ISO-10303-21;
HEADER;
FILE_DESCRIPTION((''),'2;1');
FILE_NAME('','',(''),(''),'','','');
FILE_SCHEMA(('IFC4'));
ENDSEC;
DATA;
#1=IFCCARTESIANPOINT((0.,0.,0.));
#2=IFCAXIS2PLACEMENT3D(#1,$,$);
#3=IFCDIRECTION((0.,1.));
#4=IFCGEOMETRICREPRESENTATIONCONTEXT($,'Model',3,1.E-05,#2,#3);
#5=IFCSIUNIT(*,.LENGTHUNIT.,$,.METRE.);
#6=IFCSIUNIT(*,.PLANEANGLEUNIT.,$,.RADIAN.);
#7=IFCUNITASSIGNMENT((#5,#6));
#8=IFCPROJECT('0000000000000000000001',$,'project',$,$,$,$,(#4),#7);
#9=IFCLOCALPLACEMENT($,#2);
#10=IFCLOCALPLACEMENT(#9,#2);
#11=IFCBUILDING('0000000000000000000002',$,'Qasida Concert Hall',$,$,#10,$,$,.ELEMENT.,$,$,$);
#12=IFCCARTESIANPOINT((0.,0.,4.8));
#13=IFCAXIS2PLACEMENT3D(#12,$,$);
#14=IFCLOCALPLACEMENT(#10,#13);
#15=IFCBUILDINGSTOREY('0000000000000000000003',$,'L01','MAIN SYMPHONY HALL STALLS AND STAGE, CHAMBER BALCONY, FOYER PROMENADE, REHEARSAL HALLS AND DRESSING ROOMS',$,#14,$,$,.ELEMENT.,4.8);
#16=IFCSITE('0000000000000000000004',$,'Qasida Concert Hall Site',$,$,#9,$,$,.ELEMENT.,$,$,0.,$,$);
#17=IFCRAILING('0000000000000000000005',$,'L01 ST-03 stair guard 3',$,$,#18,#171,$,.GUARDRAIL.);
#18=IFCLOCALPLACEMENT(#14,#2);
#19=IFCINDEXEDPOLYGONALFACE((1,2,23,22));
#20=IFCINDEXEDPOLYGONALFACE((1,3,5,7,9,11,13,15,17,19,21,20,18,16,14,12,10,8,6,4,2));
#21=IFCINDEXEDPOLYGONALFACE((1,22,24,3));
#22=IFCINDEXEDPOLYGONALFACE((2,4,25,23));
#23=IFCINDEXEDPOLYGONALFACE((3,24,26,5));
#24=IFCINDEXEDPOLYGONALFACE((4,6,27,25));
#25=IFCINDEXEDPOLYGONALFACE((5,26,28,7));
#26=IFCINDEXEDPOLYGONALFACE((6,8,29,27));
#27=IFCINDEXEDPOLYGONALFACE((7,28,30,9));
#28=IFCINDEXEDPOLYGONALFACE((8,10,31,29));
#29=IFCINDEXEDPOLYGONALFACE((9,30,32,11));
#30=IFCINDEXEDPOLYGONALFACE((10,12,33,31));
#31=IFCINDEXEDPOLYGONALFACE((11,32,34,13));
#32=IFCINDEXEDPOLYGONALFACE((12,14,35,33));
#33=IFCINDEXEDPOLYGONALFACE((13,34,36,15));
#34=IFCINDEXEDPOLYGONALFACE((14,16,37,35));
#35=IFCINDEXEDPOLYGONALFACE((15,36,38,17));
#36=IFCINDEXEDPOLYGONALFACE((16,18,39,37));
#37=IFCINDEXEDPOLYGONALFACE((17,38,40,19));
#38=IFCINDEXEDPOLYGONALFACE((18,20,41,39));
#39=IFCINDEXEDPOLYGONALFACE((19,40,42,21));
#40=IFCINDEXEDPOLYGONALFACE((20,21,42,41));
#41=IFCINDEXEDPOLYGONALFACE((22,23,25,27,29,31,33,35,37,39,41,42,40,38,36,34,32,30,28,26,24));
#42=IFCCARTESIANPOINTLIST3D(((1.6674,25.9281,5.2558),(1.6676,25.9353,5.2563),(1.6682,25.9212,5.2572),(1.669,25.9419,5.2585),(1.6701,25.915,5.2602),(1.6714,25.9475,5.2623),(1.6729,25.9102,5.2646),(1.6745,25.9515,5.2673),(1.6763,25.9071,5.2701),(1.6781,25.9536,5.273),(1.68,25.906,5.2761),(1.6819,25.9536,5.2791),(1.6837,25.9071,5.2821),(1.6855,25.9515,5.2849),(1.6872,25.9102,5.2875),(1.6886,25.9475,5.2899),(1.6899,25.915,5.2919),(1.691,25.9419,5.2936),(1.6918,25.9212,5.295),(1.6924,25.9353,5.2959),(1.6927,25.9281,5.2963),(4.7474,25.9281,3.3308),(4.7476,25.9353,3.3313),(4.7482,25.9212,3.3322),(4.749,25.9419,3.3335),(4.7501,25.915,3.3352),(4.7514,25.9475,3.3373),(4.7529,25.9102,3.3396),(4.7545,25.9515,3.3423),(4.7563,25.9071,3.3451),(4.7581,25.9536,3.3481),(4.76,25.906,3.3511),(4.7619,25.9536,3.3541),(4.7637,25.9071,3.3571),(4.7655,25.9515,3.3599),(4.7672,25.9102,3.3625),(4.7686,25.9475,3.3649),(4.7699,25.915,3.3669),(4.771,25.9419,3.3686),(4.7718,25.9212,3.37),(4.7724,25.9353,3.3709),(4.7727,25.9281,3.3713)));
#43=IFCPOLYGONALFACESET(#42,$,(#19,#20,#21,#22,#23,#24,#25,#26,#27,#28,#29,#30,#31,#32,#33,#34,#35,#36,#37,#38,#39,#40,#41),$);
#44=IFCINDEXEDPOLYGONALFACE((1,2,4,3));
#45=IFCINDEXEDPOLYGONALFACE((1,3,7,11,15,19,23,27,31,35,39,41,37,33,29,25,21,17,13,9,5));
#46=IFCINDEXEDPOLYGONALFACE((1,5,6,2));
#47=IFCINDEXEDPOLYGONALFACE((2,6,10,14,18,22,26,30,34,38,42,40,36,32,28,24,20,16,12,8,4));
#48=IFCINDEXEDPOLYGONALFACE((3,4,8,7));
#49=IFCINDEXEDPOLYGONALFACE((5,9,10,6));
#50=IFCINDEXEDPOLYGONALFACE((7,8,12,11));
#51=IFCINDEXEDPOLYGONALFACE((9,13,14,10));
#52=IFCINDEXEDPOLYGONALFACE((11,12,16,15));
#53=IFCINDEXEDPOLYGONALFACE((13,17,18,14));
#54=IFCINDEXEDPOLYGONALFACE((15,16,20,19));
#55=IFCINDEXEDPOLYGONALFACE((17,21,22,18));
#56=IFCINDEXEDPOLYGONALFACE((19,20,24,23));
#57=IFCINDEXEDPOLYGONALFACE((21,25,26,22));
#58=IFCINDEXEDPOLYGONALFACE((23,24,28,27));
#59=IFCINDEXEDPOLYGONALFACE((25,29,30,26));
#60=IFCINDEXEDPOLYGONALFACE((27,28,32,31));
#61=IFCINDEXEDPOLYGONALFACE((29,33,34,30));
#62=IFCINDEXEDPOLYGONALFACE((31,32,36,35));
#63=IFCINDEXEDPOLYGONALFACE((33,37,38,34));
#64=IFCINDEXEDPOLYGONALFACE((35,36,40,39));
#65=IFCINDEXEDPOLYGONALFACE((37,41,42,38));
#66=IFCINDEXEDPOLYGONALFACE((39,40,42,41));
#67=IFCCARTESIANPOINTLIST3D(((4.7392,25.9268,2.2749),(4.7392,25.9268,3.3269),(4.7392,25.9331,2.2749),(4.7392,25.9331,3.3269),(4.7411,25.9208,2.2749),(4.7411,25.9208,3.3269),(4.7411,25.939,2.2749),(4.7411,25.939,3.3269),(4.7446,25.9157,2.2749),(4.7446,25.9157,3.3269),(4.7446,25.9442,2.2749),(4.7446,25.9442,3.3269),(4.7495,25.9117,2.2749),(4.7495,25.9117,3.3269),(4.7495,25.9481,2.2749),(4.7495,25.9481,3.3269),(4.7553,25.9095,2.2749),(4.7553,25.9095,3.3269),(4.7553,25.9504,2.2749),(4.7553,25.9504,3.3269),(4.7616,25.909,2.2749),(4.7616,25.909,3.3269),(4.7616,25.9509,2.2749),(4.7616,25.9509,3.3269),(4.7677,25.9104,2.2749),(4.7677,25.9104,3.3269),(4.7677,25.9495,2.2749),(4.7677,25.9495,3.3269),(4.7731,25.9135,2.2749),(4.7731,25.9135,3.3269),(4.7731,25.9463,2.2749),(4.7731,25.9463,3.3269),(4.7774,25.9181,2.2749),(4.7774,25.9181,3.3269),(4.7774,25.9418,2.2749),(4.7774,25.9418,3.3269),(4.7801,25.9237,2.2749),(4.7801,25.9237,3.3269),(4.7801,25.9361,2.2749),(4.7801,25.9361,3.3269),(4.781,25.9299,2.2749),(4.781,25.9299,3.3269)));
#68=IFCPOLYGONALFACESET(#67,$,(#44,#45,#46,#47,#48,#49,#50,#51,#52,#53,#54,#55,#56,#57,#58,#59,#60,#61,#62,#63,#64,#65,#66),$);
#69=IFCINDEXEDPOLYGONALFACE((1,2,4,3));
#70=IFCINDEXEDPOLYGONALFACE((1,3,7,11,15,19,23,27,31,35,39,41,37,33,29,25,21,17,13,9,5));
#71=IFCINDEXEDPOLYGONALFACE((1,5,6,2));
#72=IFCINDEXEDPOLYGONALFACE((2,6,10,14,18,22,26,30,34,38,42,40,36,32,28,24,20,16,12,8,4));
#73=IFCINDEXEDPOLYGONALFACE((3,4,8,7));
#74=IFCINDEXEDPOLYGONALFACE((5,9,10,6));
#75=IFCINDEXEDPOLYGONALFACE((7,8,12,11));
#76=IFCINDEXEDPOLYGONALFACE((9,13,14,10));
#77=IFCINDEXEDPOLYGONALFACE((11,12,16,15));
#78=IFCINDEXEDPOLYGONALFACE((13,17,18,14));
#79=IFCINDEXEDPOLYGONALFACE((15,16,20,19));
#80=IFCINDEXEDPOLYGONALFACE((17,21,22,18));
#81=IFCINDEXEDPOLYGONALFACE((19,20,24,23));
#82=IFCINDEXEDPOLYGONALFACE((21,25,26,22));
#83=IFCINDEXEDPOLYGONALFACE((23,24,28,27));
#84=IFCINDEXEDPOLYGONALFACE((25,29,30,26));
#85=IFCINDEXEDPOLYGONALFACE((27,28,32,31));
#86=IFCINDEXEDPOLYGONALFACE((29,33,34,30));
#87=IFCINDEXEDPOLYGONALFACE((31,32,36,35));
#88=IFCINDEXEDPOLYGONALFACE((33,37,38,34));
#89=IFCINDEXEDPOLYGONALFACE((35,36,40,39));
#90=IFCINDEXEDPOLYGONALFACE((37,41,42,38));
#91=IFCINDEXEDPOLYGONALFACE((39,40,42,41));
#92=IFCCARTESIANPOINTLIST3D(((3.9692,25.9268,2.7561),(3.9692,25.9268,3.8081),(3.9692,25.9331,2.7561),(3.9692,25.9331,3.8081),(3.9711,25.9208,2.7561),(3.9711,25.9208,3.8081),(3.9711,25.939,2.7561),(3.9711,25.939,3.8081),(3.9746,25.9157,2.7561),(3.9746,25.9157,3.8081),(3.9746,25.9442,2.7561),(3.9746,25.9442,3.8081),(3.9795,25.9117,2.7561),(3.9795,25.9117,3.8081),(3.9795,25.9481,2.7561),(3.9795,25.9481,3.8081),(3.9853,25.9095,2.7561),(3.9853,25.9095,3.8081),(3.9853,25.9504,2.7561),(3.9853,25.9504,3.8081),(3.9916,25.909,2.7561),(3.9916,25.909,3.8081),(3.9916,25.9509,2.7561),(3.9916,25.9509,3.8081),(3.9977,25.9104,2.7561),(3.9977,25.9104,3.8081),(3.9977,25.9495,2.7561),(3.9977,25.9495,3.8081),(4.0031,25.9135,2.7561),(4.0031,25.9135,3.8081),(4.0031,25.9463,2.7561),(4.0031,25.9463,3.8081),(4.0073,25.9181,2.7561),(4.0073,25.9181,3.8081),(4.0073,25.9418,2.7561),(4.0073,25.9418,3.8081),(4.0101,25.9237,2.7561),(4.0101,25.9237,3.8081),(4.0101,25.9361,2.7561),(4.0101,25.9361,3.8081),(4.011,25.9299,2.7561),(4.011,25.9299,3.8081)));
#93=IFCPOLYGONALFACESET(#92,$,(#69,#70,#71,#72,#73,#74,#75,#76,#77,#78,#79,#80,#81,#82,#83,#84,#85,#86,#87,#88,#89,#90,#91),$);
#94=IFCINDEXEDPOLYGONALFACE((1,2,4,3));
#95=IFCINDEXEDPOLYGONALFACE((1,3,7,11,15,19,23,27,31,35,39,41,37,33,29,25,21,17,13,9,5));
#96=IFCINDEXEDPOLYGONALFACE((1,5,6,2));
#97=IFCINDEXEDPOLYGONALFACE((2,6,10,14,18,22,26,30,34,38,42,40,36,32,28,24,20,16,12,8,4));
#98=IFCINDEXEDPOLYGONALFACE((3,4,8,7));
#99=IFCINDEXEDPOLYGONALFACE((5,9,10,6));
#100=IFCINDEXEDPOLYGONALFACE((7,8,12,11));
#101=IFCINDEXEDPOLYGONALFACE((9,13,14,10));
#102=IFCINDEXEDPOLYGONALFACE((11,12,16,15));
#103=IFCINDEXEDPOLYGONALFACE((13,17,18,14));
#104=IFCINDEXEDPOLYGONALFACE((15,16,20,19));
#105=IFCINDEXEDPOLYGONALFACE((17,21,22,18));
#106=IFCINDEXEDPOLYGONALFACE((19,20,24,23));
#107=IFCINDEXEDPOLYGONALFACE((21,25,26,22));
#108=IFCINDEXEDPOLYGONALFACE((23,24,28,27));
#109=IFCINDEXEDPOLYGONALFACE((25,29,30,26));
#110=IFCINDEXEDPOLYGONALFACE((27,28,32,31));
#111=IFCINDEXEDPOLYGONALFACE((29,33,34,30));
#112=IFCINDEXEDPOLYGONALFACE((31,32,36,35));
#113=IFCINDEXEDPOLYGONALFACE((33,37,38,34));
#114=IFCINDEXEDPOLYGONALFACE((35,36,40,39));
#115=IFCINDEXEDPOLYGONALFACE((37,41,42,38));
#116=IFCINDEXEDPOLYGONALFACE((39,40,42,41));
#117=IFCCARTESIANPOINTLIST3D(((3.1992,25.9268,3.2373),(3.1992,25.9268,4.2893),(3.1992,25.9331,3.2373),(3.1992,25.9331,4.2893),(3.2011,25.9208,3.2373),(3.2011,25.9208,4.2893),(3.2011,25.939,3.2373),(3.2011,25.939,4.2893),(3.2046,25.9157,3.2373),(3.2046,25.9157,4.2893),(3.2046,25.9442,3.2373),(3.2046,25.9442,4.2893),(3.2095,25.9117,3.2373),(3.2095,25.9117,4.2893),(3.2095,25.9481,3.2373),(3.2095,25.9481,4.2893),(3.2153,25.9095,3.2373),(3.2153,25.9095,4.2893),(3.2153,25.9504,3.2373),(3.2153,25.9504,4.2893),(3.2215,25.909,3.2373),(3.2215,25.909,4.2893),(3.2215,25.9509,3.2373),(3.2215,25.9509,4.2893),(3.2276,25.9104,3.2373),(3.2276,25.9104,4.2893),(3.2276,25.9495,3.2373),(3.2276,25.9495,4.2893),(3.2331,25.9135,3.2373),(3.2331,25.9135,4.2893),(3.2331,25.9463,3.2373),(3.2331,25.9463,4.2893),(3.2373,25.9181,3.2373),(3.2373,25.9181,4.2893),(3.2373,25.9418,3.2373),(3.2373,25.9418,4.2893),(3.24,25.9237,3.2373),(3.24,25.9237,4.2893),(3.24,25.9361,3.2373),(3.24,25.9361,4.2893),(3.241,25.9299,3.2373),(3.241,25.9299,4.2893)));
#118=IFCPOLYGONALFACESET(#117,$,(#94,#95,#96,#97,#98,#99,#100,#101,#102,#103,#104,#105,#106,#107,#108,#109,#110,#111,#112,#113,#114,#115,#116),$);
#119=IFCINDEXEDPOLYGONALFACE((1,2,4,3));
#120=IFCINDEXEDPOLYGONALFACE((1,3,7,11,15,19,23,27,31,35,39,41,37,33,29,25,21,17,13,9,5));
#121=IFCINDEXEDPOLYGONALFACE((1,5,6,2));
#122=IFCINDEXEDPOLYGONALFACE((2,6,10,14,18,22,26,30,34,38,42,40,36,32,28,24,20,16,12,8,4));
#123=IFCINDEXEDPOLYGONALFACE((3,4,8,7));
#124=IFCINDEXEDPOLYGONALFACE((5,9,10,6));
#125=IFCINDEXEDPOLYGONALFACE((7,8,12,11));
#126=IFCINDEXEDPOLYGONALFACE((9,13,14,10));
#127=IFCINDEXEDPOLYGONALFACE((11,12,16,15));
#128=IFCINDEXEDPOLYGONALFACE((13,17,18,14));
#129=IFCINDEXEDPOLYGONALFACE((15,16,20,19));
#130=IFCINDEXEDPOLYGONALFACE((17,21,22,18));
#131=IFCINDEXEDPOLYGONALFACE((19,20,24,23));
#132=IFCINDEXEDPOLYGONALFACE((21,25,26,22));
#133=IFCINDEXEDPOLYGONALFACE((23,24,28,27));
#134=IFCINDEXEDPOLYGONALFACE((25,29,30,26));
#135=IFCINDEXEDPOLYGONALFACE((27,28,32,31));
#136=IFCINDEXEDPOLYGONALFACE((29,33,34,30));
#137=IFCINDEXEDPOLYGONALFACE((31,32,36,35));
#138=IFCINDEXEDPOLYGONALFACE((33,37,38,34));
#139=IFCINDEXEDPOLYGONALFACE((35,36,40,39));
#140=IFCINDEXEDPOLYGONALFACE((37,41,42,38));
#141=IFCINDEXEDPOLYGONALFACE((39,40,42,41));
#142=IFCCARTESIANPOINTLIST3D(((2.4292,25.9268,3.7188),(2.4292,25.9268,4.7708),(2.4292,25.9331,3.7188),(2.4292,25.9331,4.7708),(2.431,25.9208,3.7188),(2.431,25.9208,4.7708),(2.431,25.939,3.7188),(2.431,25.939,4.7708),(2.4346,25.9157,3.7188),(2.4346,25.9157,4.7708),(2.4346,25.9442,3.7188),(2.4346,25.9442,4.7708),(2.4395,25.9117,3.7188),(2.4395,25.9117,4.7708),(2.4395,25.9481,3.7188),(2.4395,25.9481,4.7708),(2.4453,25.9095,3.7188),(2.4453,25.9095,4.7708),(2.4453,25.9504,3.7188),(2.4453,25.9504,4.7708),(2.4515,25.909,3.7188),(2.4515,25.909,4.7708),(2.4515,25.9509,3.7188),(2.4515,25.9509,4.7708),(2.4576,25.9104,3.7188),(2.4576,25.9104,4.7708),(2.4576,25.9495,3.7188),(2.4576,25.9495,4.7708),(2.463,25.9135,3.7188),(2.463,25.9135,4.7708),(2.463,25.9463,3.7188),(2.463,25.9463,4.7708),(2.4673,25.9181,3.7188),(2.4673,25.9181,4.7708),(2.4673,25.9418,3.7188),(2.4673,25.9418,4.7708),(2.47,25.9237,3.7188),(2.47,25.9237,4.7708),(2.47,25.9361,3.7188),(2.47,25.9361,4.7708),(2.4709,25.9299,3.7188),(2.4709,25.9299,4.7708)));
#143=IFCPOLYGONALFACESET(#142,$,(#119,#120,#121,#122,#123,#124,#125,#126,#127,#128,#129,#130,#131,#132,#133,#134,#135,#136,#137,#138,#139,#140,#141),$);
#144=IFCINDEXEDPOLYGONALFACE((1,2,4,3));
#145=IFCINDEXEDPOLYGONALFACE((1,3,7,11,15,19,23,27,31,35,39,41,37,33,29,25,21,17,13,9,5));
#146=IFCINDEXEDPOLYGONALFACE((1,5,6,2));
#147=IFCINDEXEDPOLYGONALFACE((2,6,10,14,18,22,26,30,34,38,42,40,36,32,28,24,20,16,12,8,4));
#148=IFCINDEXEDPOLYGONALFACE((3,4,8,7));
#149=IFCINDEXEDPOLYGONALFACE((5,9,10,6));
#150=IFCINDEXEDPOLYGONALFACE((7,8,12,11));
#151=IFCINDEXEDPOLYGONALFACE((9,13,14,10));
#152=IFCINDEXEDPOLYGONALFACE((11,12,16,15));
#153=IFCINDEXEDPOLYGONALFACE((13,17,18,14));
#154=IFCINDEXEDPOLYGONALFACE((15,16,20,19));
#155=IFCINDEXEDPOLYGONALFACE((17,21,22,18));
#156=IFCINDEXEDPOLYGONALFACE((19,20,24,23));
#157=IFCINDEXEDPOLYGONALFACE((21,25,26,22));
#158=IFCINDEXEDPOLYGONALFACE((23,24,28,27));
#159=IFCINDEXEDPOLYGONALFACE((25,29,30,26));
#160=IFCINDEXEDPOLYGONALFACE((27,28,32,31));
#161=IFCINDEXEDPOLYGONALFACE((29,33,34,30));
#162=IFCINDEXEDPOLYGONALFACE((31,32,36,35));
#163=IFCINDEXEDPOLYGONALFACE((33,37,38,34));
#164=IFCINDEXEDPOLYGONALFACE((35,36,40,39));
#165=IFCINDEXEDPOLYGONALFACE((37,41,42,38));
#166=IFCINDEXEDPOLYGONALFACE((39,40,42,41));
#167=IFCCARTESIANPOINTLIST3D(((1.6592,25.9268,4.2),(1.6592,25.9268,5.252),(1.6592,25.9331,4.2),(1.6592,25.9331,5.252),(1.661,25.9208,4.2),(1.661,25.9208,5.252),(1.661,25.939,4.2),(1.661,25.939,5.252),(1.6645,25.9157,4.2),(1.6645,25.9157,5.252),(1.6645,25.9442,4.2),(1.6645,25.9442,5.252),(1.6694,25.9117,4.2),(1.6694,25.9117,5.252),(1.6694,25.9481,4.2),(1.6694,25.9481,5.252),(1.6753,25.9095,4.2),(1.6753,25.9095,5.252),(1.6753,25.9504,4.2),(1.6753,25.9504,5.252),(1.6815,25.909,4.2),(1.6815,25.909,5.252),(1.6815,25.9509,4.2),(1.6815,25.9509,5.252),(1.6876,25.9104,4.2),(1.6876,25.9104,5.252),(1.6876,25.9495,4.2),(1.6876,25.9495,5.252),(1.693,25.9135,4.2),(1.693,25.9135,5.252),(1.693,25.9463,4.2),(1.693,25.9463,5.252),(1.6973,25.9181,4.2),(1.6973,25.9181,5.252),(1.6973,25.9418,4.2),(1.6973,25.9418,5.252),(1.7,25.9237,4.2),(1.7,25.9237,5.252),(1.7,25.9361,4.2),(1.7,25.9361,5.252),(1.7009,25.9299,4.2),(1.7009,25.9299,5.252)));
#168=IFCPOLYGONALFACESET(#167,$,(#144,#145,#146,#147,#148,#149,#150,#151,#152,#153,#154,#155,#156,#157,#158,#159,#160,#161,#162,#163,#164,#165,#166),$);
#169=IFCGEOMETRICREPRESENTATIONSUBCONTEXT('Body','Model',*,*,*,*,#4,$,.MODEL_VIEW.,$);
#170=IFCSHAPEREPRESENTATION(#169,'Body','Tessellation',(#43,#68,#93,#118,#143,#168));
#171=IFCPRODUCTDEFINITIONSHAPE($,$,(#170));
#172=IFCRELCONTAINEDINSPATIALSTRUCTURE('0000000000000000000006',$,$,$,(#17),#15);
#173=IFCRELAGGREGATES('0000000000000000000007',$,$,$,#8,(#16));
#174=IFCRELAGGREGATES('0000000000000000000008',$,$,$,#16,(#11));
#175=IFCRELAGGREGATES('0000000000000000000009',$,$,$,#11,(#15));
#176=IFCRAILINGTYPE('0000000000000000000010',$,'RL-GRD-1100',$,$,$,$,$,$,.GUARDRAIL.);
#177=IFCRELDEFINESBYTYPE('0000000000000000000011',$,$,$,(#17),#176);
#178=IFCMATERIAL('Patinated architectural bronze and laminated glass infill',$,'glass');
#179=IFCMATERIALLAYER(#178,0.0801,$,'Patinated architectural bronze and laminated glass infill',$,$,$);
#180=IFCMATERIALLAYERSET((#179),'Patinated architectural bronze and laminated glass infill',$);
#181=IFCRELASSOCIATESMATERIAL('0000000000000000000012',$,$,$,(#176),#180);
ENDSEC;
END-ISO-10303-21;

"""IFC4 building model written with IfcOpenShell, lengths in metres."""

from ifc_helpers import new_model, si_unit, direction, frame, origin, origin_2d, place, context, subcontext, project, spatial, circle, extrude, material, layer, layer_set, type_object, element, save


model = new_model("IFC4")

# Units and contexts
model_context = context("Model", 3, precision=1e-05, world=origin(), true_north=direction((0.0, 1.0)))
body_context = subcontext(model_context, "Body", "Model", "MODEL_VIEW")
ifc_project = project(units=[si_unit("LENGTHUNIT", "METRE"), si_unit("PLANEANGLEUNIT", "RADIAN")], contexts=[model_context])

# Site, building, storey
site_placement = place(None, origin())
site = spatial("IfcSite", under=ifc_project, at=site_placement, Name="Qasida Concert Hall Site", CompositionType="ELEMENT", RefElevation=0.0)
building_placement = place(site_placement, origin())
building = spatial("IfcBuilding", under=site, at=building_placement, Name="Qasida Concert Hall", CompositionType="ELEMENT")
storey_placement = place(building_placement, frame((0.0, 0.0, 4.8)))
storey = spatial("IfcBuildingStorey", under=building, at=storey_placement, Name="L01", Description="MAIN SYMPHONY HALL STALLS AND STAGE, CHAMBER BALCONY, FOYER PROMENADE, REHEARSAL HALLS AND DRESSING ROOMS", CompositionType="ELEMENT", Elevation=4.8)

# Railing
ifc_material_1 = material(Name="Patinated architectural bronze and laminated glass infill", Category="glass")
ifc_layer_1 = layer(ifc_material_1, 0.0801, Name="Patinated architectural bronze and laminated glass infill")
ifc_layer_set_1 = layer_set([ifc_layer_1], Name="Patinated architectural bronze and laminated glass infill")
railing_type_1 = type_object("IfcRailingType", Name="RL-GRD-1100", PredefinedType="GUARDRAIL", material=ifc_layer_set_1)
railing_1_placement = place(storey_placement, frame((4.76, 25.9299, 2.2749)))
element("IfcRailing", 1, at=railing_1_placement, inside=storey, type_object=railing_type_1, Name="L01 ST-03 stair guard 3", PredefinedType="GUARDRAIL", context=body_context, shape_type="SweptSolid", body=[
    extrude(circle(Radius=0.0239, at=origin_2d()), frame((0.0, 0.0, 1.0762), z_axis=(-0.847998, 0.0, 0.529999), x_axis=(0.0, -1.0, 0.0)), (0.0, 0.0, 1.0), 3.6321),
    extrude(circle(Radius=0.021, at=origin_2d()), origin(), (0.0, 0.0, 1.0), 1.052),
    extrude(circle(Radius=0.021, at=origin_2d()), frame((-0.77, 0.0, 0.4812)), (0.0, 0.0, 1.0), 1.052),
    extrude(circle(Radius=0.021, at=origin_2d()), frame((-1.54, 0.0, 0.9624)), (0.0, 0.0, 1.0), 1.052),
    extrude(circle(Radius=0.021, at=origin_2d()), frame((-2.3101, 0.0, 1.4438)), (0.0, 0.0, 1.0), 1.052),
    extrude(circle(Radius=0.021, at=origin_2d()), frame((-3.0801, 0.0, 1.925)), (0.0, 0.0, 1.0), 1.052),
])

save(model, "model.ifc")
